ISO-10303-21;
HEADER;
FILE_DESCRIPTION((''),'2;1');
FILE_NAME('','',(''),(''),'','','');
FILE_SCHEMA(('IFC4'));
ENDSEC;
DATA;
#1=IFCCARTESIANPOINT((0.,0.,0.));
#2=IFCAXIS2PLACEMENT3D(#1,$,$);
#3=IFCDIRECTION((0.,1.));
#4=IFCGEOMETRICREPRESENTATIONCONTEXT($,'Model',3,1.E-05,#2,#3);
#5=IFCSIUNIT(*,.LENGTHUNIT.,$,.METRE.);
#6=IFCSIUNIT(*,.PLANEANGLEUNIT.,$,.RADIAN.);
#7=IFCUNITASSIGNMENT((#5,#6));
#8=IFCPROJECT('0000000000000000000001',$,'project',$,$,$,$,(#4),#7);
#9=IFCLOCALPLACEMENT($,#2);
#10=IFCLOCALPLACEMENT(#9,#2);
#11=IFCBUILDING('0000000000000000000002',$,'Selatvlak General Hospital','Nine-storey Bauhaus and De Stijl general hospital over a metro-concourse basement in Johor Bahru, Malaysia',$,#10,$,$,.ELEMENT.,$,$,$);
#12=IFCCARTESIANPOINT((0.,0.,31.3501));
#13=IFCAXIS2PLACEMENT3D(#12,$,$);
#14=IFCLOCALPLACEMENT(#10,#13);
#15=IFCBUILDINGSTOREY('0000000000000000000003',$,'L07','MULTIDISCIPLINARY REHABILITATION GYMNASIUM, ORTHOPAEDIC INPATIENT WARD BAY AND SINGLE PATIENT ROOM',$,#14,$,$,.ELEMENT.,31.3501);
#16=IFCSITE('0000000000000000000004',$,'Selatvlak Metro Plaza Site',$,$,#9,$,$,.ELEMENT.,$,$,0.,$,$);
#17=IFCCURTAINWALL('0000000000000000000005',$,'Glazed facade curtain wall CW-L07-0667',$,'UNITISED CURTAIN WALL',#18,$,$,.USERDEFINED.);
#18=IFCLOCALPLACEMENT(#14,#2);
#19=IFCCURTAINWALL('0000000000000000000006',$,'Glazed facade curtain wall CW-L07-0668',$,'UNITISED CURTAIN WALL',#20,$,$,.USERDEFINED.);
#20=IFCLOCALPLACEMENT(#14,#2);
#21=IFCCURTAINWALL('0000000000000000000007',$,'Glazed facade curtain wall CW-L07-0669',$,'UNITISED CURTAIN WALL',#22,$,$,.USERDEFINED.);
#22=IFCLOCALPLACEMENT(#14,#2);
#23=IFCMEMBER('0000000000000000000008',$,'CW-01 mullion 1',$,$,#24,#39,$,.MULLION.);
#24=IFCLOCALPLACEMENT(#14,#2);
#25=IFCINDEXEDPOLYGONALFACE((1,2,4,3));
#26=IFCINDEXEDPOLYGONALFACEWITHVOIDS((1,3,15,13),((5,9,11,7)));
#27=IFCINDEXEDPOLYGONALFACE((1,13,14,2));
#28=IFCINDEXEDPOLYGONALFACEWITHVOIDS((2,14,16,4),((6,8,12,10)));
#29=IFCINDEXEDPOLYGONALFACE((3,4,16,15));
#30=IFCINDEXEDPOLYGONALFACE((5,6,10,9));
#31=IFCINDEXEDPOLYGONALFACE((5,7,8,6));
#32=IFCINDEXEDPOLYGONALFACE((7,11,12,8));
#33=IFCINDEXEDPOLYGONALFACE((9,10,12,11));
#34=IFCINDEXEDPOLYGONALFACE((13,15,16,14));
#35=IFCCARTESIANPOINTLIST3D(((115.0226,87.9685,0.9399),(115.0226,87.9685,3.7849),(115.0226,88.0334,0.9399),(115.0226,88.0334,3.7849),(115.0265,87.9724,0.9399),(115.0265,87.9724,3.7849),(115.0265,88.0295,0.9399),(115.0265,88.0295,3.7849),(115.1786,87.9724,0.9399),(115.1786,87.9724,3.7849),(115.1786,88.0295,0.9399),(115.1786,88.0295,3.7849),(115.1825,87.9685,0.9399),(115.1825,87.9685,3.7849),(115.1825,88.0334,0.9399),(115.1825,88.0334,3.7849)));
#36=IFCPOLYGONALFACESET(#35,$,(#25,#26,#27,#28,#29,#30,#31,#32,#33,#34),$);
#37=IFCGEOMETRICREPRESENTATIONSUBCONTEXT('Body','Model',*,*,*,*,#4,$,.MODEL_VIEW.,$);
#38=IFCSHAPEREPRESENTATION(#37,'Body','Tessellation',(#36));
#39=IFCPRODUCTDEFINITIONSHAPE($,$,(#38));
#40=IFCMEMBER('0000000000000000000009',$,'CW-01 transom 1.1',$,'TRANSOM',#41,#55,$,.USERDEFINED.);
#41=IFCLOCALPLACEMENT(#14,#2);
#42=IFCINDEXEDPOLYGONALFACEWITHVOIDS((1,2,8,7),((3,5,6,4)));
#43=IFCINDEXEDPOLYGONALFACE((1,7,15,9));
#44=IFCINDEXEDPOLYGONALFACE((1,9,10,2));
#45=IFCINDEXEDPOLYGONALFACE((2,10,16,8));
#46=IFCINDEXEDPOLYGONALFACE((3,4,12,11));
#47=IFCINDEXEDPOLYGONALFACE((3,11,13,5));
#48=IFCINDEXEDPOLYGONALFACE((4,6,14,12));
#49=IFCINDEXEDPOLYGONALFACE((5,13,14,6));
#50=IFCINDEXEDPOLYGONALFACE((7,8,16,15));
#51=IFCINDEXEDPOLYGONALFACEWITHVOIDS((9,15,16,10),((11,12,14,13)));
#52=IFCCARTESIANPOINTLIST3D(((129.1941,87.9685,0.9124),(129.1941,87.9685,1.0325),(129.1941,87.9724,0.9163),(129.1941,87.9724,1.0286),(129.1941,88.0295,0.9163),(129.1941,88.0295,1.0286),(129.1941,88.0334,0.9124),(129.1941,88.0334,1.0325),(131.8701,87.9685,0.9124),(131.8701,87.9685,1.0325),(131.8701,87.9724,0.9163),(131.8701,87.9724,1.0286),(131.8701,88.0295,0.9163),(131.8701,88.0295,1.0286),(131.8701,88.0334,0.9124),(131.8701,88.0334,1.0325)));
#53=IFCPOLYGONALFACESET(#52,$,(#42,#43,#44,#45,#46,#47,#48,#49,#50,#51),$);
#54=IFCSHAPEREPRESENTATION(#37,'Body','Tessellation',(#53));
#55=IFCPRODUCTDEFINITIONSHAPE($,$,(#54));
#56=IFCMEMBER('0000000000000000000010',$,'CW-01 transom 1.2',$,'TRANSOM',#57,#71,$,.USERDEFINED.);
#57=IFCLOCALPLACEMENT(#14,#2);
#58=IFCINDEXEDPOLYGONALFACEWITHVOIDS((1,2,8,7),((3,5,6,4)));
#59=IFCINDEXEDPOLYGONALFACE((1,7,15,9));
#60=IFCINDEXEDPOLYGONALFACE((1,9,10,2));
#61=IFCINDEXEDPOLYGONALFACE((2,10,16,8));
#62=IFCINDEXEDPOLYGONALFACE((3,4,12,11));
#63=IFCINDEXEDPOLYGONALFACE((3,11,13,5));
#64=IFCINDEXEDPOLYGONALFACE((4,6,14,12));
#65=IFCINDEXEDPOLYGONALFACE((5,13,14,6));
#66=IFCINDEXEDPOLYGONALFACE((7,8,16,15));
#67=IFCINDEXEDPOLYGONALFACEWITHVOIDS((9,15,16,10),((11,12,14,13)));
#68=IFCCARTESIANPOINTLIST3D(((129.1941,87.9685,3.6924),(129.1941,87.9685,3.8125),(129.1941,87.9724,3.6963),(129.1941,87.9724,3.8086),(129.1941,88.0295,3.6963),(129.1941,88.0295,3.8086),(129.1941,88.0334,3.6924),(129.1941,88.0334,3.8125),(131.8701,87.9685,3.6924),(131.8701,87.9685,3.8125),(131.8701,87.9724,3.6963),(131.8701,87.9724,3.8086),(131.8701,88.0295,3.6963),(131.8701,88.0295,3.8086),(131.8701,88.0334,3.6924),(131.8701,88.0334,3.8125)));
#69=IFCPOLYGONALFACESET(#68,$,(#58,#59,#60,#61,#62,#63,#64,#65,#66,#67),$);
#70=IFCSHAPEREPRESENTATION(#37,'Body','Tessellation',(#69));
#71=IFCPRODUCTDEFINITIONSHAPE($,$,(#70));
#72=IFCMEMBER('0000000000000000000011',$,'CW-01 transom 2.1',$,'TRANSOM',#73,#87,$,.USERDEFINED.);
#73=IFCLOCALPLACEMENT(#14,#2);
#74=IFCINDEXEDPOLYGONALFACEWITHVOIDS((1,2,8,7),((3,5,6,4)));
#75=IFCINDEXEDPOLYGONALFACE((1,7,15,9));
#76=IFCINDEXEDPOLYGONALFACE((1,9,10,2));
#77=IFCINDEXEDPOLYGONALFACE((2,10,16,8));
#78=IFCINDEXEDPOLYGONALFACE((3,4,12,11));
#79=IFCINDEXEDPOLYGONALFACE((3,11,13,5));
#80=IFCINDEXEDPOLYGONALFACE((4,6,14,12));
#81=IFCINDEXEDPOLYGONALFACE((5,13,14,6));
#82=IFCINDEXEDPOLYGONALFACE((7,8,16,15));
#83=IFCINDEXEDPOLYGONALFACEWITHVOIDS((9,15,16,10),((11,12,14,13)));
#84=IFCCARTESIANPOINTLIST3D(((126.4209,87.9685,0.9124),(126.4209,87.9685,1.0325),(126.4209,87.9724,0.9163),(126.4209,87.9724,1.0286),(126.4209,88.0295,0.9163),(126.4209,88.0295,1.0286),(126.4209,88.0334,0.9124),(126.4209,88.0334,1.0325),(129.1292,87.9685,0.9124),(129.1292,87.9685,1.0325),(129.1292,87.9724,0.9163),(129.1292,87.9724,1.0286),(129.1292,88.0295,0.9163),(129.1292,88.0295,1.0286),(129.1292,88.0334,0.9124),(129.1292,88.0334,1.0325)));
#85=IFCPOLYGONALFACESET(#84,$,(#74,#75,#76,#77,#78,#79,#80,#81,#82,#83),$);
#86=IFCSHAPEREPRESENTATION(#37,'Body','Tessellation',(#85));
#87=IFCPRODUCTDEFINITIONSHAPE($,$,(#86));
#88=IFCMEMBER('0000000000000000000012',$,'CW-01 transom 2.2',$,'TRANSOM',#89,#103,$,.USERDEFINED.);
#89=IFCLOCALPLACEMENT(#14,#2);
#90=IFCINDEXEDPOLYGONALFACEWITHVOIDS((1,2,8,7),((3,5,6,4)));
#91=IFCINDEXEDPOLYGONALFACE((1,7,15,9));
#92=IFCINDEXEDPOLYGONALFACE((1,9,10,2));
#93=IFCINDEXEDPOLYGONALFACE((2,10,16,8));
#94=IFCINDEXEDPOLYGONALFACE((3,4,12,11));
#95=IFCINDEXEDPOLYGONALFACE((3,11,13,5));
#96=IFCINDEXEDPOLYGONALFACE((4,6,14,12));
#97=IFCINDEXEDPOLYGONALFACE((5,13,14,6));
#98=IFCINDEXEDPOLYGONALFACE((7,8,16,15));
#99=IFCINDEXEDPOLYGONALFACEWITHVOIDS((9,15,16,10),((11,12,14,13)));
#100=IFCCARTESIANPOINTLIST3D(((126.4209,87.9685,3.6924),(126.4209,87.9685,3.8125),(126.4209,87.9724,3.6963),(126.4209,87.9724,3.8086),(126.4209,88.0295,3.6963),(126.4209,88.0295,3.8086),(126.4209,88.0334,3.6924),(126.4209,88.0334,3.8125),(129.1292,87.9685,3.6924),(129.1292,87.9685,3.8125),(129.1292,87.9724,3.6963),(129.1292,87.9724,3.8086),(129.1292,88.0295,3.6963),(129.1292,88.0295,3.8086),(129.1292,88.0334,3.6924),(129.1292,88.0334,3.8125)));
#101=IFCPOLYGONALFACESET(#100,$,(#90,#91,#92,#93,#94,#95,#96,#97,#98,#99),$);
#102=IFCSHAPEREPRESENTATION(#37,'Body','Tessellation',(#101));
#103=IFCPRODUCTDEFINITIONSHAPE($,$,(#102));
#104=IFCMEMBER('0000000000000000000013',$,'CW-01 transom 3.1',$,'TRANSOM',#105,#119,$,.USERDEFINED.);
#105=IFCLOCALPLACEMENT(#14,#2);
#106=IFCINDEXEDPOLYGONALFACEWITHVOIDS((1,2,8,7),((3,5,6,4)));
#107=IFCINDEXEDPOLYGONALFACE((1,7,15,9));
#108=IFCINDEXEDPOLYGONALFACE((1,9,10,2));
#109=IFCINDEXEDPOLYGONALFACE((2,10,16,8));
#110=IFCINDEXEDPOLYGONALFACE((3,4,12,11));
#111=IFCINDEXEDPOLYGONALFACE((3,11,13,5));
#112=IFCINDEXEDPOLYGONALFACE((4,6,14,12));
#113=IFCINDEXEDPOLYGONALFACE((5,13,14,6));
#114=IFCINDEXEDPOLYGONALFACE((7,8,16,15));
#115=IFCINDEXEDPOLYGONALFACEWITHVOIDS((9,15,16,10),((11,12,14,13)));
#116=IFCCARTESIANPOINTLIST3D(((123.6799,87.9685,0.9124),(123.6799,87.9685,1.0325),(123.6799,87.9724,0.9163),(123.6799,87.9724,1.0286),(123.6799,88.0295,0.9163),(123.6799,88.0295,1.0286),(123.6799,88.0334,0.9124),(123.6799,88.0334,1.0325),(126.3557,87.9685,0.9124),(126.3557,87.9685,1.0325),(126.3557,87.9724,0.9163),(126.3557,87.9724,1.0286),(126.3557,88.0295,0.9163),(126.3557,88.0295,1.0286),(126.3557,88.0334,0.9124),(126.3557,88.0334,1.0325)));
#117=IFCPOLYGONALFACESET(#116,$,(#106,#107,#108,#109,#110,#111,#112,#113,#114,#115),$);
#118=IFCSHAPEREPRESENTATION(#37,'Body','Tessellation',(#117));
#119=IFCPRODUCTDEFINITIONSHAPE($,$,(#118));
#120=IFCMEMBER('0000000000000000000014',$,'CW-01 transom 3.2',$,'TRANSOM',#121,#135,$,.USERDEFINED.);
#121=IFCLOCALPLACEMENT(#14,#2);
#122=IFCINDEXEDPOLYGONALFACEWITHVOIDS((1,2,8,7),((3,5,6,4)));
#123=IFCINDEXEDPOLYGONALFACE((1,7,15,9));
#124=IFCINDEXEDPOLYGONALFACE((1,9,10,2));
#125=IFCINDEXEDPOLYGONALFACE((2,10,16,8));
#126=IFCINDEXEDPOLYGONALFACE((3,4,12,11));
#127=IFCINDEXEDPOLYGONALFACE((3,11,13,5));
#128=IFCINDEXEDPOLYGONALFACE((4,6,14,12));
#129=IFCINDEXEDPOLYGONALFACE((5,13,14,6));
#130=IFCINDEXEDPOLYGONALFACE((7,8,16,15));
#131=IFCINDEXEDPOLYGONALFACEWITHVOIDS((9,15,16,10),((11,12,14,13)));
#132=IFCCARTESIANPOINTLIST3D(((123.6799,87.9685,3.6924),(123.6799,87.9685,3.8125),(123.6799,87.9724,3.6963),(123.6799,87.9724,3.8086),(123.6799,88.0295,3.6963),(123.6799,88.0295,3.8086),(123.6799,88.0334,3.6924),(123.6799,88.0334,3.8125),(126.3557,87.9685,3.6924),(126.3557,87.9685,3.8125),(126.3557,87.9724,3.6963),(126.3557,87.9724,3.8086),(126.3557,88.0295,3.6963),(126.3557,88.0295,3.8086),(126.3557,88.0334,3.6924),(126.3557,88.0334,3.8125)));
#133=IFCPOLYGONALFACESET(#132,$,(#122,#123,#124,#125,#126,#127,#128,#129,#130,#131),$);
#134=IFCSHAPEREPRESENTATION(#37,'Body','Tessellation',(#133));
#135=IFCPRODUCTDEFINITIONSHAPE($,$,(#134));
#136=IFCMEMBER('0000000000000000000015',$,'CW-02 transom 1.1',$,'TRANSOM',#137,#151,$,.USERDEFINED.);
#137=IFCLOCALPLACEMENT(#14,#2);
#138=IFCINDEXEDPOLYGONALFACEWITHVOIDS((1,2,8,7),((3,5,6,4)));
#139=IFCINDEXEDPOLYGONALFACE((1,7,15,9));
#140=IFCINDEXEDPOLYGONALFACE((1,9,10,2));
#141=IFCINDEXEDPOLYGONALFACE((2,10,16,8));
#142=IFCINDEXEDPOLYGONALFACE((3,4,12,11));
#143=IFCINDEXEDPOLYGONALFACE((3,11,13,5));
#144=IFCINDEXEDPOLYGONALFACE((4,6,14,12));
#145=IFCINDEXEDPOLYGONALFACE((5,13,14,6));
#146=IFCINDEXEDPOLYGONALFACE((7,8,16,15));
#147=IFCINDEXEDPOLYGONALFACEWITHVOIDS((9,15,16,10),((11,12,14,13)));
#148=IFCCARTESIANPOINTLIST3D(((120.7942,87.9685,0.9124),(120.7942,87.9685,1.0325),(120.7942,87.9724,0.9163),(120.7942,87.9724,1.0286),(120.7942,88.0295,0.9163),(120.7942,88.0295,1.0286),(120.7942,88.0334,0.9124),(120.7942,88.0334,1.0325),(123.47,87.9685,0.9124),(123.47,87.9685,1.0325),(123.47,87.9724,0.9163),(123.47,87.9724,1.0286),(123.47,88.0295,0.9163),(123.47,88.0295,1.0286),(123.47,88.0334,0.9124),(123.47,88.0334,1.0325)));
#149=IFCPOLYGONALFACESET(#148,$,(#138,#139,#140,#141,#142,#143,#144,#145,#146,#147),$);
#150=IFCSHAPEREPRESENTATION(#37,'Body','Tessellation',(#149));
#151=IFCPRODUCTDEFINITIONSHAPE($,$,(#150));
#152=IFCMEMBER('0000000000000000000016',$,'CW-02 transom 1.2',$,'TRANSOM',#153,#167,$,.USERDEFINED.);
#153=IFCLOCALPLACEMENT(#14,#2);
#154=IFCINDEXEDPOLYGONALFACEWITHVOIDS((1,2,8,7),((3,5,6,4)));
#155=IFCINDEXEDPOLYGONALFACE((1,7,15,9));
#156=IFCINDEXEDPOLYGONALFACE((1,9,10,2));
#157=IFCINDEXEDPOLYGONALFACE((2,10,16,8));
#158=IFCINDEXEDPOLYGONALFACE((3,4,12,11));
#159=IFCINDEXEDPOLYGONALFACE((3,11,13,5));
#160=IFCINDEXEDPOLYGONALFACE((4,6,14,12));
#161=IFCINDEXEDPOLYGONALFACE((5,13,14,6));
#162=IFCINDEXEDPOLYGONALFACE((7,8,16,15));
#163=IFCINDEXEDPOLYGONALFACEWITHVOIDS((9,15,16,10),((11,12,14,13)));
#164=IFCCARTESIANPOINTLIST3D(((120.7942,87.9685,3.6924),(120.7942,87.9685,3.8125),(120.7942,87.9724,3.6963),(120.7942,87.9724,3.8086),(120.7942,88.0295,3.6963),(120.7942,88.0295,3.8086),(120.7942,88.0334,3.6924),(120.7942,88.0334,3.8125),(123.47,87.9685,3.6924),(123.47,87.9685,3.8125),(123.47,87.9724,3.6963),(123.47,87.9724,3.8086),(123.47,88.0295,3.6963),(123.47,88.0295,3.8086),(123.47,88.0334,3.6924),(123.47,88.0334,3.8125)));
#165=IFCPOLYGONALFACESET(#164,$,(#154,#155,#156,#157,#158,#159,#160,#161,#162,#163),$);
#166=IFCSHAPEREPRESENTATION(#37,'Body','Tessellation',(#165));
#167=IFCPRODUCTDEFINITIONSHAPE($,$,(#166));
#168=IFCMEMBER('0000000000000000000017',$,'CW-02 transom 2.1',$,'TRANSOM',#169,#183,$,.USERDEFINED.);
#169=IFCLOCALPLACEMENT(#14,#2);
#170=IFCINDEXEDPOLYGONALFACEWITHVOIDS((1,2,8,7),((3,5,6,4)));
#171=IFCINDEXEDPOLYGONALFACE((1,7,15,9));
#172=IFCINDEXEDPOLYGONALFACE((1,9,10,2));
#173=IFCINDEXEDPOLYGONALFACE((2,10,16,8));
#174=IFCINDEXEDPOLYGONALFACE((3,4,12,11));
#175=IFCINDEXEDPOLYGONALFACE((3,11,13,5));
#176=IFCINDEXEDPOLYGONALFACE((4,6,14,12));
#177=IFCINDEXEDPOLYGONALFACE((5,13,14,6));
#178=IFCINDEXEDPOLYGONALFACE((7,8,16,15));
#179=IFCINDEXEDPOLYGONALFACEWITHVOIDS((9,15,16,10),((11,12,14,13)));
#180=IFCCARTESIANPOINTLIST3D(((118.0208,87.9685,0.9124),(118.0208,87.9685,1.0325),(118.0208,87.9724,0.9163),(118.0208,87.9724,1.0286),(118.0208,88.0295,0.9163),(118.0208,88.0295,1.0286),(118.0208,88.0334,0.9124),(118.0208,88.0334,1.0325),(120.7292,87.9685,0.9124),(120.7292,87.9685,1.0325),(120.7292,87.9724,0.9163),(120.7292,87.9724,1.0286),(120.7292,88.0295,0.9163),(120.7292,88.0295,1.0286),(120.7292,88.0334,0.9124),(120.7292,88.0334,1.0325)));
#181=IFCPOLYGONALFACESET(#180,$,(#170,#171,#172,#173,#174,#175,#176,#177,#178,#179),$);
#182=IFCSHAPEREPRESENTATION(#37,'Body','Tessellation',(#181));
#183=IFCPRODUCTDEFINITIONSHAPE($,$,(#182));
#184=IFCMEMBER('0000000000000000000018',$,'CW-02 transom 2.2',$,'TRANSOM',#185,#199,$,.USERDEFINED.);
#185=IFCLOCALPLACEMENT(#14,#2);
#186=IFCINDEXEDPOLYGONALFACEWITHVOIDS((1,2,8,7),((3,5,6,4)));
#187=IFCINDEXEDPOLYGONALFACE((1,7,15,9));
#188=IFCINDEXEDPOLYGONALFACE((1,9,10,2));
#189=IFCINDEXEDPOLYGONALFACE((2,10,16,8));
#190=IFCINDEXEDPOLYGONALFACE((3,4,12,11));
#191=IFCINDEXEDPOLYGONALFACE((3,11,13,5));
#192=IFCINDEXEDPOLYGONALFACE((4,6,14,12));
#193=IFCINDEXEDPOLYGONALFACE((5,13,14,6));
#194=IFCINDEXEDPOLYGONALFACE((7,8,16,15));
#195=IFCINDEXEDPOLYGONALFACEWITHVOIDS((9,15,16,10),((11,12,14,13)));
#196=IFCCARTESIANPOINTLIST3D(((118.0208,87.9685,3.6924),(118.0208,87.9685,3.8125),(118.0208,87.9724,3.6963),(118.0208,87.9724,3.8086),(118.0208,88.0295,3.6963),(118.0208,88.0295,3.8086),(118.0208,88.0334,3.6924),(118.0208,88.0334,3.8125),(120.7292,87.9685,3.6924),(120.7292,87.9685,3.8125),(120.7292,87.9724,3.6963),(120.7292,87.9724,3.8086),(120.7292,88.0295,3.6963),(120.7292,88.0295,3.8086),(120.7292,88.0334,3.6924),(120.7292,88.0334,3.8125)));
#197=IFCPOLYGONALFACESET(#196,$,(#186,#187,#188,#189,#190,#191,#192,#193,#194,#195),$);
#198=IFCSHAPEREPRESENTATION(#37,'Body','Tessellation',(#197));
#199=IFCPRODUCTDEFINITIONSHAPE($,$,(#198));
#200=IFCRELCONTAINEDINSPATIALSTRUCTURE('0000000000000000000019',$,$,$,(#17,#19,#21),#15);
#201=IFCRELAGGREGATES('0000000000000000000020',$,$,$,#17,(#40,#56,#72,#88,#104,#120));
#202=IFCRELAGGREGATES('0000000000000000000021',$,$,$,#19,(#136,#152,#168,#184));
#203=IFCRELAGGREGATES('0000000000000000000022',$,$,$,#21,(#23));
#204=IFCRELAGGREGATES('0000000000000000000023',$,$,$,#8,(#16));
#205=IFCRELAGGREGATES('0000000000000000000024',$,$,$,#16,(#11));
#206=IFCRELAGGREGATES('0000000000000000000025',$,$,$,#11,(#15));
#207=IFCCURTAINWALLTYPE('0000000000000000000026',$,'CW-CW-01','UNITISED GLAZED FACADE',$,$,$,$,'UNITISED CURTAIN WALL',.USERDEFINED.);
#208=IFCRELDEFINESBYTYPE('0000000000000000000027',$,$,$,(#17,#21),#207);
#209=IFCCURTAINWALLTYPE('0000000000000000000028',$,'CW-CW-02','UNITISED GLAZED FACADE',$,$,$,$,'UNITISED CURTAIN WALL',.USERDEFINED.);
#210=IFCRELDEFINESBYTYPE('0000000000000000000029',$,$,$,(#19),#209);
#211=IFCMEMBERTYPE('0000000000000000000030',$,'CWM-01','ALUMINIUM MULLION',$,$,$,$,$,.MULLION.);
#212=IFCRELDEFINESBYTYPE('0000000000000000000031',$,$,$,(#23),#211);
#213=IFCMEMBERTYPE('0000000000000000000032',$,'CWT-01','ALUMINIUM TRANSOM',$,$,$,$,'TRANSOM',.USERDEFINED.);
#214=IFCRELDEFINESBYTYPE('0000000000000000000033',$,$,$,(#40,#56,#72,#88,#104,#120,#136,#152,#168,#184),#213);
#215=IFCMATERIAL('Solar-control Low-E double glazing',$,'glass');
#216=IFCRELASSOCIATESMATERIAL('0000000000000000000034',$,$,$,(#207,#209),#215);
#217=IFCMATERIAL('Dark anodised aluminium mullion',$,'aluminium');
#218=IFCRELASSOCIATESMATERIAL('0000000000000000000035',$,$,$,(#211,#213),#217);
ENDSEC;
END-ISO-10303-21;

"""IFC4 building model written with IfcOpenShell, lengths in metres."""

from ifc_helpers import new_model, si_unit, direction, frame, origin, origin_2d, place, context, subcontext, project, spatial, hollow_rectangle, extrude, material, material_profile, profile_set, type_object, element, aggregate, save


model = new_model("IFC4")

# Units and contexts
model_context = context("Model", 3, precision=1e-05, world=origin(), true_north=direction((0.0, 1.0)))
body_context = subcontext(model_context, "Body", "Model", "MODEL_VIEW")
ifc_project = project(units=[si_unit("LENGTHUNIT", "METRE"), si_unit("PLANEANGLEUNIT", "RADIAN")], contexts=[model_context])

# Site, building, storey
site_placement = place(None, origin())
site = spatial("IfcSite", under=ifc_project, at=site_placement, Name="Selatvlak Metro Plaza Site", CompositionType="ELEMENT", RefElevation=0.0)
building_placement = place(site_placement, origin())
building = spatial("IfcBuilding", under=site, at=building_placement, Name="Selatvlak General Hospital", Description="Nine-storey Bauhaus and De Stijl general hospital over a metro-concourse basement in Johor Bahru, Malaysia", CompositionType="ELEMENT")
storey_placement = place(building_placement, frame((0.0, 0.0, 31.3501)))
storey = spatial("IfcBuildingStorey", under=building, at=storey_placement, Name="L07", Description="MULTIDISCIPLINARY REHABILITATION GYMNASIUM, ORTHOPAEDIC INPATIENT WARD BAY AND SINGLE PATIENT ROOM", CompositionType="ELEMENT", Elevation=31.3501)

# Curtain walls
ifc_material_1 = material(Name="Solar-control Low-E double glazing", Category="glass")
curtain_wall_type_1 = type_object("IfcCurtainWallType", Name="CW-CW-01", Description="UNITISED GLAZED FACADE", ElementType="UNITISED CURTAIN WALL", PredefinedType="USERDEFINED", material=ifc_material_1)
curtain_wall_1_placement = place(storey_placement, origin())
curtain_wall_1 = element("IfcCurtainWall", 1, at=curtain_wall_1_placement, inside=storey, type_object=curtain_wall_type_1, Name="Glazed facade curtain wall CW-L07-0667", ObjectType="UNITISED CURTAIN WALL", PredefinedType="USERDEFINED")
ifc_material_2 = material(Name="Dark anodised aluminium mullion", Category="aluminium")
ifc_material_profile_1 = material_profile(ifc_material_2, hollow_rectangle(XDim=0.0649, YDim=0.1599, WallThickness=0.0039, at=origin_2d()), Name="AL-MUL 65x160x4")
ifc_profile_set_1 = profile_set([ifc_material_profile_1], Name="Dark anodised aluminium mullion")
member_type_1 = type_object("IfcMemberType", Name="CWM-01", Description="ALUMINIUM MULLION", PredefinedType="MULLION", material=ifc_profile_set_1)
curtain_wall_type_2 = type_object("IfcCurtainWallType", Name="CW-CW-02", Description="UNITISED GLAZED FACADE", ElementType="UNITISED CURTAIN WALL", PredefinedType="USERDEFINED", material=ifc_material_1)
curtain_wall_2_placement = place(storey_placement, origin())
curtain_wall_2 = element("IfcCurtainWall", 2, at=curtain_wall_2_placement, inside=storey, type_object=curtain_wall_type_2, Name="Glazed facade curtain wall CW-L07-0668", ObjectType="UNITISED CURTAIN WALL", PredefinedType="USERDEFINED")

# Curtain wall, member
curtain_wall_3_placement = place(storey_placement, origin())
curtain_wall_3 = element("IfcCurtainWall", 3, at=curtain_wall_3_placement, inside=storey, type_object=curtain_wall_type_1, Name="Glazed facade curtain wall CW-L07-0669", ObjectType="UNITISED CURTAIN WALL", PredefinedType="USERDEFINED")
member_1_placement = place(storey_placement, frame((115.1025, 88.001, 0.9399), z_axis=(0.0, 0.0, 1.0), x_axis=(0.0, -1.0, 0.0)))
member_1 = element("IfcMember", 4, at=member_1_placement, type_object=member_type_1, Name="CW-01 mullion 1", PredefinedType="MULLION", context=body_context, shape_type="SweptSolid", body=[
    extrude(hollow_rectangle(XDim=0.0649, YDim=0.1599, WallThickness=0.0039, at=origin_2d()), origin(), (0.0, 0.0, 1.0), 2.845),
])

# Members
ifc_material_profile_2 = material_profile(ifc_material_2, hollow_rectangle(XDim=0.0649, YDim=0.1201, WallThickness=0.0039, at=origin_2d()), Name="AL-TRN 65x120x4")
ifc_profile_set_2 = profile_set([ifc_material_profile_2], Name="Dark anodised aluminium mullion")
member_type_2 = type_object("IfcMemberType", Name="CWT-01", Description="ALUMINIUM TRANSOM", ElementType="TRANSOM", PredefinedType="USERDEFINED", material=ifc_profile_set_2)
member_2_placement = place(storey_placement, frame((131.8701, 88.001, 0.9724), z_axis=(-1.0, 0.0, 0.0), x_axis=(0.0, -1.0, 0.0)))
member_2 = element("IfcMember", 5, at=member_2_placement, type_object=member_type_2, Name="CW-01 transom 1.1", ObjectType="TRANSOM", PredefinedType="USERDEFINED", context=body_context, shape_type="SweptSolid", body=[
    extrude(hollow_rectangle(XDim=0.0649, YDim=0.1201, WallThickness=0.0039, at=origin_2d()), origin(), (0.0, 0.0, 1.0), 2.676),
])
member_3_placement = place(storey_placement, frame((131.8701, 88.001, 3.7524), z_axis=(-1.0, 0.0, 0.0), x_axis=(0.0, -1.0, 0.0)))
member_3 = element("IfcMember", 6, at=member_3_placement, type_object=member_type_2, Name="CW-01 transom 1.2", ObjectType="TRANSOM", PredefinedType="USERDEFINED", context=body_context, shape_type="SweptSolid", body=[
    extrude(hollow_rectangle(XDim=0.0649, YDim=0.1201, WallThickness=0.0039, at=origin_2d()), origin(), (0.0, 0.0, 1.0), 2.676),
])
member_4_placement = place(storey_placement, frame((129.1292, 88.001, 0.9724), z_axis=(-1.0, 0.0, 0.0), x_axis=(0.0, -1.0, 0.0)))
member_4 = element("IfcMember", 7, at=member_4_placement, type_object=member_type_2, Name="CW-01 transom 2.1", ObjectType="TRANSOM", PredefinedType="USERDEFINED", context=body_context, shape_type="SweptSolid", body=[
    extrude(hollow_rectangle(XDim=0.0649, YDim=0.1201, WallThickness=0.0039, at=origin_2d()), origin(), (0.0, 0.0, 1.0), 2.7083),
])
member_5_placement = place(storey_placement, frame((129.1292, 88.001, 3.7524), z_axis=(-1.0, 0.0, 0.0), x_axis=(0.0, -1.0, 0.0)))
member_5 = element("IfcMember", 8, at=member_5_placement, type_object=member_type_2, Name="CW-01 transom 2.2", ObjectType="TRANSOM", PredefinedType="USERDEFINED", context=body_context, shape_type="SweptSolid", body=[
    extrude(hollow_rectangle(XDim=0.0649, YDim=0.1201, WallThickness=0.0039, at=origin_2d()), origin(), (0.0, 0.0, 1.0), 2.7083),
])
member_6_placement = place(storey_placement, frame((126.3557, 88.001, 0.9724), z_axis=(-1.0, 0.0, 0.0), x_axis=(0.0, -1.0, 0.0)))
member_6 = element("IfcMember", 9, at=member_6_placement, type_object=member_type_2, Name="CW-01 transom 3.1", ObjectType="TRANSOM", PredefinedType="USERDEFINED", context=body_context, shape_type="SweptSolid", body=[
    extrude(hollow_rectangle(XDim=0.0649, YDim=0.1201, WallThickness=0.0039, at=origin_2d()), origin(), (0.0, 0.0, 1.0), 2.6758),
])
member_7_placement = place(storey_placement, frame((126.3557, 88.001, 3.7524), z_axis=(-1.0, 0.0, 0.0), x_axis=(0.0, -1.0, 0.0)))
member_7 = element("IfcMember", 10, at=member_7_placement, type_object=member_type_2, Name="CW-01 transom 3.2", ObjectType="TRANSOM", PredefinedType="USERDEFINED", context=body_context, shape_type="SweptSolid", body=[
    extrude(hollow_rectangle(XDim=0.0649, YDim=0.1201, WallThickness=0.0039, at=origin_2d()), origin(), (0.0, 0.0, 1.0), 2.6758),
])
member_8_placement = place(storey_placement, frame((123.47, 88.001, 0.9724), z_axis=(-1.0, 0.0, 0.0), x_axis=(0.0, -1.0, 0.0)))
member_8 = element("IfcMember", 11, at=member_8_placement, type_object=member_type_2, Name="CW-02 transom 1.1", ObjectType="TRANSOM", PredefinedType="USERDEFINED", context=body_context, shape_type="SweptSolid", body=[
    extrude(hollow_rectangle(XDim=0.0649, YDim=0.1201, WallThickness=0.0039, at=origin_2d()), origin(), (0.0, 0.0, 1.0), 2.6758),
])
member_9_placement = place(storey_placement, frame((123.47, 88.001, 3.7524), z_axis=(-1.0, 0.0, 0.0), x_axis=(0.0, -1.0, 0.0)))
member_9 = element("IfcMember", 12, at=member_9_placement, type_object=member_type_2, Name="CW-02 transom 1.2", ObjectType="TRANSOM", PredefinedType="USERDEFINED", context=body_context, shape_type="SweptSolid", body=[
    extrude(hollow_rectangle(XDim=0.0649, YDim=0.1201, WallThickness=0.0039, at=origin_2d()), origin(), (0.0, 0.0, 1.0), 2.6758),
])
member_10_placement = place(storey_placement, frame((120.7292, 88.001, 0.9724), z_axis=(-1.0, 0.0, 0.0), x_axis=(0.0, -1.0, 0.0)))
member_10 = element("IfcMember", 13, at=member_10_placement, type_object=member_type_2, Name="CW-02 transom 2.1", ObjectType="TRANSOM", PredefinedType="USERDEFINED", context=body_context, shape_type="SweptSolid", body=[
    extrude(hollow_rectangle(XDim=0.0649, YDim=0.1201, WallThickness=0.0039, at=origin_2d()), origin(), (0.0, 0.0, 1.0), 2.7085),
])
member_11_placement = place(storey_placement, frame((120.7292, 88.001, 3.7524), z_axis=(-1.0, 0.0, 0.0), x_axis=(0.0, -1.0, 0.0)))
member_11 = element("IfcMember", 14, at=member_11_placement, type_object=member_type_2, Name="CW-02 transom 2.2", ObjectType="TRANSOM", PredefinedType="USERDEFINED", context=body_context, shape_type="SweptSolid", body=[
    extrude(hollow_rectangle(XDim=0.0649, YDim=0.1201, WallThickness=0.0039, at=origin_2d()), origin(), (0.0, 0.0, 1.0), 2.7085),
])

aggregate(curtain_wall_1, [member_2, member_3, member_4, member_5, member_6, member_7])
aggregate(curtain_wall_2, [member_8, member_9, member_10, member_11])
aggregate(curtain_wall_3, [member_1])

save(model, "model.ifc")
